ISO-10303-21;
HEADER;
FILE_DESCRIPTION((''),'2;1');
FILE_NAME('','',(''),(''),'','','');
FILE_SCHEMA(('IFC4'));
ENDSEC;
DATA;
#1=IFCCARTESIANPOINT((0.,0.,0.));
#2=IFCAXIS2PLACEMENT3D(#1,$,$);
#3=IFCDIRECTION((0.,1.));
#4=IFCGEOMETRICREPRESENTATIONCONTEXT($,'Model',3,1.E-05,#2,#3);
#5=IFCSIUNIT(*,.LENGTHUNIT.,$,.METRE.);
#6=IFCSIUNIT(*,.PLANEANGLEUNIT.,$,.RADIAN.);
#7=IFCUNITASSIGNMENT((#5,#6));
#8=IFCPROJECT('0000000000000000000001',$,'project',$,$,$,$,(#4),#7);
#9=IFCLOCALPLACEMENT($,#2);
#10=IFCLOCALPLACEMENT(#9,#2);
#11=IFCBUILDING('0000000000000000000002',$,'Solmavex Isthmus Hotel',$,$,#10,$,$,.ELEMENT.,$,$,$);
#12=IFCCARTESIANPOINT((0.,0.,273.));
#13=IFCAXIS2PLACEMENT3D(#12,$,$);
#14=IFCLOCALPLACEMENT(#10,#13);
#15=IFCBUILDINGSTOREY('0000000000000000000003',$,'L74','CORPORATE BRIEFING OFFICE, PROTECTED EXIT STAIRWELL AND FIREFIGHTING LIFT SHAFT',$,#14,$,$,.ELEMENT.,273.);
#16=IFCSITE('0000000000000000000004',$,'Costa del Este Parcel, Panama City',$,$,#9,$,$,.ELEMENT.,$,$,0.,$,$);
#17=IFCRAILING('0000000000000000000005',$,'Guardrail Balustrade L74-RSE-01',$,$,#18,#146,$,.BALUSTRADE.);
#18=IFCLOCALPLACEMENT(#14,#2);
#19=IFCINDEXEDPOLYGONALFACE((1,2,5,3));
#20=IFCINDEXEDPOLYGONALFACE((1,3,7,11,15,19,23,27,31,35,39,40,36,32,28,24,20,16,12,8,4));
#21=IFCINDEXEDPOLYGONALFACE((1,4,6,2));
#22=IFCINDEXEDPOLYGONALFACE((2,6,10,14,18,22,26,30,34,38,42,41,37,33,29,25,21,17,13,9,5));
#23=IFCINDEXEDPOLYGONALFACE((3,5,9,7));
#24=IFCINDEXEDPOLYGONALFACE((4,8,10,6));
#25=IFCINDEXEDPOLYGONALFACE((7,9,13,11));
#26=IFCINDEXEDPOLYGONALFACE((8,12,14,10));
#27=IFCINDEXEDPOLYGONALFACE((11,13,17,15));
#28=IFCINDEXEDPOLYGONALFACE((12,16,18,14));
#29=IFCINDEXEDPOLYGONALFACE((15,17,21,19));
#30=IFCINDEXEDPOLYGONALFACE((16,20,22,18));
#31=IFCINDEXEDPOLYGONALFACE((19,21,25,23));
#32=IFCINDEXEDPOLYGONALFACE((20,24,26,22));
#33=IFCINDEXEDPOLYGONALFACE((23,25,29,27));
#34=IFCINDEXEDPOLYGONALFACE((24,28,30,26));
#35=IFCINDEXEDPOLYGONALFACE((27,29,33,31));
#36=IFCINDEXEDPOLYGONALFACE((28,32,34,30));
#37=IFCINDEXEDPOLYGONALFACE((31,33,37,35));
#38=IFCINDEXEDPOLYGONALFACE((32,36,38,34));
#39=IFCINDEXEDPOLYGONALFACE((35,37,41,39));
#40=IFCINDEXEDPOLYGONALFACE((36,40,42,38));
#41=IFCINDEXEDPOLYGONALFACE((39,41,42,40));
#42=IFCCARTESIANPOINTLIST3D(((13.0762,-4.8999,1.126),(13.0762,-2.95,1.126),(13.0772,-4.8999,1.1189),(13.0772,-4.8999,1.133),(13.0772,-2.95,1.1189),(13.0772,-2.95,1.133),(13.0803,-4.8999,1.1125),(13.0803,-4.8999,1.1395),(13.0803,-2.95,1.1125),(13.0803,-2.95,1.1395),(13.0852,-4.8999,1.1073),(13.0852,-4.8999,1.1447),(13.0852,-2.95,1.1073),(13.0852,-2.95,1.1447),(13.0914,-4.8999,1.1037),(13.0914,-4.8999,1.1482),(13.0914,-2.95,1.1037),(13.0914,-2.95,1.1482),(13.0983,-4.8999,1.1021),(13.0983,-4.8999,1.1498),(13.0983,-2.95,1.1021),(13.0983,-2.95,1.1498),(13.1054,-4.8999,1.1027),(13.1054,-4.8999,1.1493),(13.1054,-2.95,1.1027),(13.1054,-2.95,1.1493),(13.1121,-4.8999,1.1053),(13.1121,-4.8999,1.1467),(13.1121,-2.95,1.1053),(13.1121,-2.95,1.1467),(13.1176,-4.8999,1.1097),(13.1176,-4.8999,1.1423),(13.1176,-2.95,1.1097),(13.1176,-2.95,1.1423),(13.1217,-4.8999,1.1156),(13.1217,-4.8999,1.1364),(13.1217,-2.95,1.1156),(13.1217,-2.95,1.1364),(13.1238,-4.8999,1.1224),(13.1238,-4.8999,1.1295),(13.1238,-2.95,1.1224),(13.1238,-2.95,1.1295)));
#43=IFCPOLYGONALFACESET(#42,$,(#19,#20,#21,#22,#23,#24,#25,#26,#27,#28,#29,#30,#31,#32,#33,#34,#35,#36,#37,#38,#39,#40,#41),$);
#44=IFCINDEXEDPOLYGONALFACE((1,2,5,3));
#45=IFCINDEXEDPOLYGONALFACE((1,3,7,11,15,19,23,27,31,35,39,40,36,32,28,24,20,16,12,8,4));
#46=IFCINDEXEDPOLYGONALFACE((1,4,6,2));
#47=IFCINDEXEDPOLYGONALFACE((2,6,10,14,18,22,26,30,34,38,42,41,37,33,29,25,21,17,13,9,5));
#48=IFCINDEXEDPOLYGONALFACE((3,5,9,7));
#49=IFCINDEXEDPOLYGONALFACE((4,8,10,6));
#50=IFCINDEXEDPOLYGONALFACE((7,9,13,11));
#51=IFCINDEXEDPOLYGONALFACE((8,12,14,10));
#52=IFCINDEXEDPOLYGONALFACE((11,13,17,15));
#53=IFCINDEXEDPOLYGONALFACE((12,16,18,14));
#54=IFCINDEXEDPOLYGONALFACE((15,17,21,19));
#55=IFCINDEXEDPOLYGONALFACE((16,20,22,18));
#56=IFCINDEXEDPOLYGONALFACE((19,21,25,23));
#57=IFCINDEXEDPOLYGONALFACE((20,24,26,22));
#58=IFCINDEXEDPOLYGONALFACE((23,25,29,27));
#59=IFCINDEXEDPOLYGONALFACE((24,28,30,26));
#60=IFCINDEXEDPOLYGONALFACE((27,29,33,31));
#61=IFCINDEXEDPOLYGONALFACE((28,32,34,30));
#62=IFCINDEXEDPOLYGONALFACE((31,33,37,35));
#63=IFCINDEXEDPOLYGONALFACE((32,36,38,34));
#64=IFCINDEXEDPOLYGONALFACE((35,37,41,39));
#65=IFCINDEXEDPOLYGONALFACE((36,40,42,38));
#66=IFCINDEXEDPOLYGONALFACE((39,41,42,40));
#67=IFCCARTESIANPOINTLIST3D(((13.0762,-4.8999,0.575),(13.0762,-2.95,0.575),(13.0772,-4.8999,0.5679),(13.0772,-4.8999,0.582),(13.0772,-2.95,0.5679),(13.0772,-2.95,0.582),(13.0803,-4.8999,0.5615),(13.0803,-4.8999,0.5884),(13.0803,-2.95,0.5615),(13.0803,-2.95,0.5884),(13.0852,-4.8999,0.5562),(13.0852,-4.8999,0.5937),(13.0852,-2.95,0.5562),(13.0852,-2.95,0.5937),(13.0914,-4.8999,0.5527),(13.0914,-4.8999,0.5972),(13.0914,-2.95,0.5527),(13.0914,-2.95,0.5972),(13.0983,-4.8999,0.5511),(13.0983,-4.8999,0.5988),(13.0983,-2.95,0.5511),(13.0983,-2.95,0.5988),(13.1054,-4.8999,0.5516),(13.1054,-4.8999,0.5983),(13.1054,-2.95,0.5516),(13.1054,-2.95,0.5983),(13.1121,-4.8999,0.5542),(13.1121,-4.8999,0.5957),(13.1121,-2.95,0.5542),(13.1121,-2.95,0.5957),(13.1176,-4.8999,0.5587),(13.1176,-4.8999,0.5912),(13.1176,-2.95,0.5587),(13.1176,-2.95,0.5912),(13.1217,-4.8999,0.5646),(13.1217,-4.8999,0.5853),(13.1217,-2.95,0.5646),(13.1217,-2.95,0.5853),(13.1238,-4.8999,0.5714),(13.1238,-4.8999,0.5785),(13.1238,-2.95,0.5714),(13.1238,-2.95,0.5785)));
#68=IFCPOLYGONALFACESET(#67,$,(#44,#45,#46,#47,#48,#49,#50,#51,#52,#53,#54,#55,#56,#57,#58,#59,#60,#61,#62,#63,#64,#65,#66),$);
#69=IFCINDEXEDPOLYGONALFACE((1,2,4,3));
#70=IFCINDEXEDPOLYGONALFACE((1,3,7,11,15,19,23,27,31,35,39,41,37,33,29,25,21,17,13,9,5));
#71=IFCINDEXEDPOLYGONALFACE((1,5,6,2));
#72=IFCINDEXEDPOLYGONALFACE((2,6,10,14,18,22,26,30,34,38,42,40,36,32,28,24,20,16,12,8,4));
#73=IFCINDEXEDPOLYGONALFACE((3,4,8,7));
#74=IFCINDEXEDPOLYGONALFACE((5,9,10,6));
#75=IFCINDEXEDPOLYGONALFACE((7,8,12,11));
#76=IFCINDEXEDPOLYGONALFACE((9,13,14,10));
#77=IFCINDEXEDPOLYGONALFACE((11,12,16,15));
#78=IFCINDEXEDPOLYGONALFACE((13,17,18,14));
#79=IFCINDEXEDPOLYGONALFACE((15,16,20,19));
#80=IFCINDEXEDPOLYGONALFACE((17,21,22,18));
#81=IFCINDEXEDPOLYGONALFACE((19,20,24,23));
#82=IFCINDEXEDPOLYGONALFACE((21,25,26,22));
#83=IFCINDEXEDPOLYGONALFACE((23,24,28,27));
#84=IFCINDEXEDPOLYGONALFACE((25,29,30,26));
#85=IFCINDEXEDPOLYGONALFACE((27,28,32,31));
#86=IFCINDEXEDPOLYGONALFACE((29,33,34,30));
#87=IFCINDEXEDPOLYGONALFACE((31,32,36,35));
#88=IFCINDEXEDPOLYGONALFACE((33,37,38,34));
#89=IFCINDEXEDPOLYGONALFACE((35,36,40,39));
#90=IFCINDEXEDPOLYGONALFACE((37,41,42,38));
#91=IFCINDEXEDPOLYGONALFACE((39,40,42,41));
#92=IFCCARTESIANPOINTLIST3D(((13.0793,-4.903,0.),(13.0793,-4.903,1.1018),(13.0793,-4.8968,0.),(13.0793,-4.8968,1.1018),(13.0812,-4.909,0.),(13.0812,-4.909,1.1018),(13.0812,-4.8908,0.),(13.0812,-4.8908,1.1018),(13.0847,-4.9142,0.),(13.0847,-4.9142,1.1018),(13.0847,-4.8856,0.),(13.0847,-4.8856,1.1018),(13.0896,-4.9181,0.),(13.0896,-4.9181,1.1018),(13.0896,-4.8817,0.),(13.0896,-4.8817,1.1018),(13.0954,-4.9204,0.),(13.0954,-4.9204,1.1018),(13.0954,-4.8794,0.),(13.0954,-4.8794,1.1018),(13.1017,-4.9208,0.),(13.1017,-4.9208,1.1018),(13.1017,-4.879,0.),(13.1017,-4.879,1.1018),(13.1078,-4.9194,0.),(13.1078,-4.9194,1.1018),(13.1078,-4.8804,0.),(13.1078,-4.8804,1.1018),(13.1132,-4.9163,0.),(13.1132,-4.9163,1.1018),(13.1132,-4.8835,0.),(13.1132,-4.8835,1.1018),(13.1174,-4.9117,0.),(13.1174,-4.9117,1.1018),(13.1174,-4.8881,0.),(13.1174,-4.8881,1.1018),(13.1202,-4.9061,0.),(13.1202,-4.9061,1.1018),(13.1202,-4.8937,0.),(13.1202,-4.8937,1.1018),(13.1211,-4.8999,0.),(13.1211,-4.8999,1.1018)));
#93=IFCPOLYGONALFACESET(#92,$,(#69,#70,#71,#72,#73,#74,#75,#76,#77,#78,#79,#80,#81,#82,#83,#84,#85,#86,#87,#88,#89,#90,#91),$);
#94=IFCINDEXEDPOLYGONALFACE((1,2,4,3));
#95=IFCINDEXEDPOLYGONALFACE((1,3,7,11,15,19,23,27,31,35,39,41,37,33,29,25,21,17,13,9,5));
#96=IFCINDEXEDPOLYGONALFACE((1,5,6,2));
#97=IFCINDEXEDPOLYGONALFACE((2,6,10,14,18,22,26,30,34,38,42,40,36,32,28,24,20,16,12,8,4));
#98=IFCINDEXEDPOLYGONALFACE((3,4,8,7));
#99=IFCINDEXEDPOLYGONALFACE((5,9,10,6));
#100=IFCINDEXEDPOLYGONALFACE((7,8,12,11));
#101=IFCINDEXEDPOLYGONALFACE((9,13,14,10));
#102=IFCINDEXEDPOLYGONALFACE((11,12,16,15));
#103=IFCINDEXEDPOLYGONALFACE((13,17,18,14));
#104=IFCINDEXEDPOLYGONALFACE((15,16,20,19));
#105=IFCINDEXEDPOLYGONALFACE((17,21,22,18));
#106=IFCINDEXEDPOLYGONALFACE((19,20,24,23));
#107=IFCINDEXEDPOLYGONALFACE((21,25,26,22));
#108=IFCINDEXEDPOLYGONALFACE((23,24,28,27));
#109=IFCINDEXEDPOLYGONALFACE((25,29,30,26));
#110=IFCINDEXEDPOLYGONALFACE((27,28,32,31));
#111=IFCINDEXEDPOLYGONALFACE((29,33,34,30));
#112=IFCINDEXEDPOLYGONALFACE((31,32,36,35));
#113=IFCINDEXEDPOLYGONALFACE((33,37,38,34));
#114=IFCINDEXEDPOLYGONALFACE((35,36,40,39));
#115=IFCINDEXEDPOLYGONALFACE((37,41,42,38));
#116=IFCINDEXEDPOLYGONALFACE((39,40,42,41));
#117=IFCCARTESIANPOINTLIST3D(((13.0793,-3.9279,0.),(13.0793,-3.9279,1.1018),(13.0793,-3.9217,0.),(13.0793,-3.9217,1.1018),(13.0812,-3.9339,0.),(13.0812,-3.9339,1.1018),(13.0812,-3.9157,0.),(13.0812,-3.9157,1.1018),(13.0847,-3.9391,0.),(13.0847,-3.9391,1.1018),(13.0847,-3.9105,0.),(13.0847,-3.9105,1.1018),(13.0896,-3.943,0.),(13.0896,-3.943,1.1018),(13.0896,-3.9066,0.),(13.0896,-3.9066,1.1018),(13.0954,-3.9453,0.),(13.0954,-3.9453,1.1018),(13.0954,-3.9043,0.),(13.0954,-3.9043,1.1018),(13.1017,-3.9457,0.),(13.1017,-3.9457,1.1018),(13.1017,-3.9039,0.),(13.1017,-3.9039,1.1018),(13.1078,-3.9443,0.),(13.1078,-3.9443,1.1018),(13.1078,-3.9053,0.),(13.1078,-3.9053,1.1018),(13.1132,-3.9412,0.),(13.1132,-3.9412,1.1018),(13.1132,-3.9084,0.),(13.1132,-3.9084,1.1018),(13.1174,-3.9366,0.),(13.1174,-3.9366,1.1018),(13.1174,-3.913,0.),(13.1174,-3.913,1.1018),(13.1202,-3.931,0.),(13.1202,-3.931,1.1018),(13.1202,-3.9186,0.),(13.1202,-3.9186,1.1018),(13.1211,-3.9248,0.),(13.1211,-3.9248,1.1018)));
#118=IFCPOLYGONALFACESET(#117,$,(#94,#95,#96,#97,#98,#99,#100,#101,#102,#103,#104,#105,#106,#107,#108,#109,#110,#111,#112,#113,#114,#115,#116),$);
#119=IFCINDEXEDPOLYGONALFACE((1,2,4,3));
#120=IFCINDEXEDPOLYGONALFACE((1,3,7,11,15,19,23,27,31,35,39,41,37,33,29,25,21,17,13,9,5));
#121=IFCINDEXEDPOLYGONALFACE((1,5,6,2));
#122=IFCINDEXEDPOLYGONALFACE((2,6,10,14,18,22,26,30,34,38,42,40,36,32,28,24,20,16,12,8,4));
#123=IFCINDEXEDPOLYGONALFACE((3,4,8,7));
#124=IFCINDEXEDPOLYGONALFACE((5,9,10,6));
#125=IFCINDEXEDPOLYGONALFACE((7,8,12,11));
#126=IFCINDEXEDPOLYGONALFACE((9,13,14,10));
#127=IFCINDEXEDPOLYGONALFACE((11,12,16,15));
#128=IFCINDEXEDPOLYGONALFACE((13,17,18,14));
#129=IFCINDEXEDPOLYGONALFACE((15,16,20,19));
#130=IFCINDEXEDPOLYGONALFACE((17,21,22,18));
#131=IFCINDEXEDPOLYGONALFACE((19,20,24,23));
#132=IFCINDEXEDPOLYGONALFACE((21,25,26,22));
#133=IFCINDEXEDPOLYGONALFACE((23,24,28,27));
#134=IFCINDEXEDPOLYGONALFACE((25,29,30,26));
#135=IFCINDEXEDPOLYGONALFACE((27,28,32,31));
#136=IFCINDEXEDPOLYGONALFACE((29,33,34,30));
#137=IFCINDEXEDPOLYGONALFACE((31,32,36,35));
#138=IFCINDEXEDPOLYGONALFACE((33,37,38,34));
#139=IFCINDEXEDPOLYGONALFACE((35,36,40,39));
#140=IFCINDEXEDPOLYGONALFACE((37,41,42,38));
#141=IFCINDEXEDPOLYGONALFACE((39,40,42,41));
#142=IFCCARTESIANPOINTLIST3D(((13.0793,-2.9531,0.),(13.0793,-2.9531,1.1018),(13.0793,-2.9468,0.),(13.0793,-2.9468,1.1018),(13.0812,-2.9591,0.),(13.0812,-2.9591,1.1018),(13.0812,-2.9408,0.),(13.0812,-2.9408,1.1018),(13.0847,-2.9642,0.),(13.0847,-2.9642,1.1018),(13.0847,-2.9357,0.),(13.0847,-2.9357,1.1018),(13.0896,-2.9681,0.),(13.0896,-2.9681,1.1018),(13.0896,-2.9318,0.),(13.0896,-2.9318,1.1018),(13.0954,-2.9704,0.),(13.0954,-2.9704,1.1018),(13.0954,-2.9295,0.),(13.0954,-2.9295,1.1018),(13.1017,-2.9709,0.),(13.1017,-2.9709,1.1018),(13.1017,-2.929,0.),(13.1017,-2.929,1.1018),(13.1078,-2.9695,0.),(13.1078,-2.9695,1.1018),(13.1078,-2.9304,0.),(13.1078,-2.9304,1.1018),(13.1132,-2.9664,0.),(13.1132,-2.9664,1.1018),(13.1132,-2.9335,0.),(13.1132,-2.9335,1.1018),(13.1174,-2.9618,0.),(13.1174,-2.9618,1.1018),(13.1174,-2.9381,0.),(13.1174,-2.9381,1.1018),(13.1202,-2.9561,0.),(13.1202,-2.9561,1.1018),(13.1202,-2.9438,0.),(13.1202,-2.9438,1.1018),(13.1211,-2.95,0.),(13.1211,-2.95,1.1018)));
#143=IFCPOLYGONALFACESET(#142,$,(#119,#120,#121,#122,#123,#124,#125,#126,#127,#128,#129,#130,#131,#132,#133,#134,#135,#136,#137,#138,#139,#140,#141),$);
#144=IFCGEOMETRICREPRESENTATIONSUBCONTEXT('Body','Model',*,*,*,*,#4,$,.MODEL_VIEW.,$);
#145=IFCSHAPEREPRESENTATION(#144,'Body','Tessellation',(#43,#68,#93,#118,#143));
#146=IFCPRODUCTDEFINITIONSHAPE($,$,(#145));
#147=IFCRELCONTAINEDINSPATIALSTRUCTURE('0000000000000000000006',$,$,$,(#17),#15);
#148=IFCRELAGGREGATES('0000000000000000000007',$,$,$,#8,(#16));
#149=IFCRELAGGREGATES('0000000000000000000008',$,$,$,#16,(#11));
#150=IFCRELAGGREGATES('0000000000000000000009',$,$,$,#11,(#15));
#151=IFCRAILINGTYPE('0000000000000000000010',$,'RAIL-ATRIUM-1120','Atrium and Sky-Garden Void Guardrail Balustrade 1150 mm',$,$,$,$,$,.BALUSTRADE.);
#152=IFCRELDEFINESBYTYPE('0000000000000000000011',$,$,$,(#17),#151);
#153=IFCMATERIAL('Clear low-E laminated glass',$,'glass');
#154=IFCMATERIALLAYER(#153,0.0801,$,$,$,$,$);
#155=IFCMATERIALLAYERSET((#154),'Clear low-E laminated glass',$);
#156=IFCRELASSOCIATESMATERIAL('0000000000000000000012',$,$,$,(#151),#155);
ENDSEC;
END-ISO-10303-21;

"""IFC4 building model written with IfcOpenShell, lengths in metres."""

from ifc_helpers import new_model, si_unit, direction, frame, origin, origin_2d, place, context, subcontext, project, spatial, circle, extrude, material, layer, layer_set, type_object, element, save


model = new_model("IFC4")

# Units and contexts
model_context = context("Model", 3, precision=1e-05, world=origin(), true_north=direction((0.0, 1.0)))
body_context = subcontext(model_context, "Body", "Model", "MODEL_VIEW")
ifc_project = project(units=[si_unit("LENGTHUNIT", "METRE"), si_unit("PLANEANGLEUNIT", "RADIAN")], contexts=[model_context])

# Site, building, storey
site_placement = place(None, origin())
site = spatial("IfcSite", under=ifc_project, at=site_placement, Name="Costa del Este Parcel, Panama City", CompositionType="ELEMENT", RefElevation=0.0)
building_placement = place(site_placement, origin())
building = spatial("IfcBuilding", under=site, at=building_placement, Name="Solmavex Isthmus Hotel", CompositionType="ELEMENT")
storey_placement = place(building_placement, frame((0.0, 0.0, 273.0)))
storey = spatial("IfcBuildingStorey", under=building, at=storey_placement, Name="L74", Description="CORPORATE BRIEFING OFFICE, PROTECTED EXIT STAIRWELL AND FIREFIGHTING LIFT SHAFT", CompositionType="ELEMENT", Elevation=273.0)

# Shared definitions
ifc_material_1 = material(Name="Clear low-E laminated glass", Category="glass")

# Railing
ifc_layer_1 = layer(ifc_material_1, 0.0801)
ifc_layer_set_1 = layer_set([ifc_layer_1], Name="Clear low-E laminated glass")
railing_type_1 = type_object("IfcRailingType", Name="RAIL-ATRIUM-1120", Description="Atrium and Sky-Garden Void Guardrail Balustrade 1150 mm", PredefinedType="BALUSTRADE", material=ifc_layer_set_1)
railing_1_placement = place(storey_placement, frame((13.1001, -4.8999, 0.0)))
element("IfcRailing", 1, at=railing_1_placement, inside=storey, type_object=railing_type_1, Name="Guardrail Balustrade L74-RSE-01", PredefinedType="BALUSTRADE", context=body_context, shape_type="SweptSolid", body=[
    extrude(circle(Radius=0.0239, at=origin_2d()), frame((0.0, 0.0, 1.126), z_axis=(0.0, 1.0, 0.0), x_axis=(-1.0, 0.0, 0.0)), (0.0, 0.0, 1.0), 1.95),
    extrude(circle(Radius=0.0239, at=origin_2d()), frame((0.0, 0.0, 0.575), z_axis=(0.0, 1.0, 0.0), x_axis=(-1.0, 0.0, 0.0)), (0.0, 0.0, 1.0), 1.95),
    extrude(circle(Radius=0.021, at=origin_2d()), origin(), (0.0, 0.0, 1.0), 1.1018),
    extrude(circle(Radius=0.021, at=origin_2d()), frame((0.0, 0.9751, 0.0)), (0.0, 0.0, 1.0), 1.1018),
    extrude(circle(Radius=0.021, at=origin_2d()), frame((0.0, 1.95, 0.0)), (0.0, 0.0, 1.0), 1.1018),
])

save(model, "model.ifc")
